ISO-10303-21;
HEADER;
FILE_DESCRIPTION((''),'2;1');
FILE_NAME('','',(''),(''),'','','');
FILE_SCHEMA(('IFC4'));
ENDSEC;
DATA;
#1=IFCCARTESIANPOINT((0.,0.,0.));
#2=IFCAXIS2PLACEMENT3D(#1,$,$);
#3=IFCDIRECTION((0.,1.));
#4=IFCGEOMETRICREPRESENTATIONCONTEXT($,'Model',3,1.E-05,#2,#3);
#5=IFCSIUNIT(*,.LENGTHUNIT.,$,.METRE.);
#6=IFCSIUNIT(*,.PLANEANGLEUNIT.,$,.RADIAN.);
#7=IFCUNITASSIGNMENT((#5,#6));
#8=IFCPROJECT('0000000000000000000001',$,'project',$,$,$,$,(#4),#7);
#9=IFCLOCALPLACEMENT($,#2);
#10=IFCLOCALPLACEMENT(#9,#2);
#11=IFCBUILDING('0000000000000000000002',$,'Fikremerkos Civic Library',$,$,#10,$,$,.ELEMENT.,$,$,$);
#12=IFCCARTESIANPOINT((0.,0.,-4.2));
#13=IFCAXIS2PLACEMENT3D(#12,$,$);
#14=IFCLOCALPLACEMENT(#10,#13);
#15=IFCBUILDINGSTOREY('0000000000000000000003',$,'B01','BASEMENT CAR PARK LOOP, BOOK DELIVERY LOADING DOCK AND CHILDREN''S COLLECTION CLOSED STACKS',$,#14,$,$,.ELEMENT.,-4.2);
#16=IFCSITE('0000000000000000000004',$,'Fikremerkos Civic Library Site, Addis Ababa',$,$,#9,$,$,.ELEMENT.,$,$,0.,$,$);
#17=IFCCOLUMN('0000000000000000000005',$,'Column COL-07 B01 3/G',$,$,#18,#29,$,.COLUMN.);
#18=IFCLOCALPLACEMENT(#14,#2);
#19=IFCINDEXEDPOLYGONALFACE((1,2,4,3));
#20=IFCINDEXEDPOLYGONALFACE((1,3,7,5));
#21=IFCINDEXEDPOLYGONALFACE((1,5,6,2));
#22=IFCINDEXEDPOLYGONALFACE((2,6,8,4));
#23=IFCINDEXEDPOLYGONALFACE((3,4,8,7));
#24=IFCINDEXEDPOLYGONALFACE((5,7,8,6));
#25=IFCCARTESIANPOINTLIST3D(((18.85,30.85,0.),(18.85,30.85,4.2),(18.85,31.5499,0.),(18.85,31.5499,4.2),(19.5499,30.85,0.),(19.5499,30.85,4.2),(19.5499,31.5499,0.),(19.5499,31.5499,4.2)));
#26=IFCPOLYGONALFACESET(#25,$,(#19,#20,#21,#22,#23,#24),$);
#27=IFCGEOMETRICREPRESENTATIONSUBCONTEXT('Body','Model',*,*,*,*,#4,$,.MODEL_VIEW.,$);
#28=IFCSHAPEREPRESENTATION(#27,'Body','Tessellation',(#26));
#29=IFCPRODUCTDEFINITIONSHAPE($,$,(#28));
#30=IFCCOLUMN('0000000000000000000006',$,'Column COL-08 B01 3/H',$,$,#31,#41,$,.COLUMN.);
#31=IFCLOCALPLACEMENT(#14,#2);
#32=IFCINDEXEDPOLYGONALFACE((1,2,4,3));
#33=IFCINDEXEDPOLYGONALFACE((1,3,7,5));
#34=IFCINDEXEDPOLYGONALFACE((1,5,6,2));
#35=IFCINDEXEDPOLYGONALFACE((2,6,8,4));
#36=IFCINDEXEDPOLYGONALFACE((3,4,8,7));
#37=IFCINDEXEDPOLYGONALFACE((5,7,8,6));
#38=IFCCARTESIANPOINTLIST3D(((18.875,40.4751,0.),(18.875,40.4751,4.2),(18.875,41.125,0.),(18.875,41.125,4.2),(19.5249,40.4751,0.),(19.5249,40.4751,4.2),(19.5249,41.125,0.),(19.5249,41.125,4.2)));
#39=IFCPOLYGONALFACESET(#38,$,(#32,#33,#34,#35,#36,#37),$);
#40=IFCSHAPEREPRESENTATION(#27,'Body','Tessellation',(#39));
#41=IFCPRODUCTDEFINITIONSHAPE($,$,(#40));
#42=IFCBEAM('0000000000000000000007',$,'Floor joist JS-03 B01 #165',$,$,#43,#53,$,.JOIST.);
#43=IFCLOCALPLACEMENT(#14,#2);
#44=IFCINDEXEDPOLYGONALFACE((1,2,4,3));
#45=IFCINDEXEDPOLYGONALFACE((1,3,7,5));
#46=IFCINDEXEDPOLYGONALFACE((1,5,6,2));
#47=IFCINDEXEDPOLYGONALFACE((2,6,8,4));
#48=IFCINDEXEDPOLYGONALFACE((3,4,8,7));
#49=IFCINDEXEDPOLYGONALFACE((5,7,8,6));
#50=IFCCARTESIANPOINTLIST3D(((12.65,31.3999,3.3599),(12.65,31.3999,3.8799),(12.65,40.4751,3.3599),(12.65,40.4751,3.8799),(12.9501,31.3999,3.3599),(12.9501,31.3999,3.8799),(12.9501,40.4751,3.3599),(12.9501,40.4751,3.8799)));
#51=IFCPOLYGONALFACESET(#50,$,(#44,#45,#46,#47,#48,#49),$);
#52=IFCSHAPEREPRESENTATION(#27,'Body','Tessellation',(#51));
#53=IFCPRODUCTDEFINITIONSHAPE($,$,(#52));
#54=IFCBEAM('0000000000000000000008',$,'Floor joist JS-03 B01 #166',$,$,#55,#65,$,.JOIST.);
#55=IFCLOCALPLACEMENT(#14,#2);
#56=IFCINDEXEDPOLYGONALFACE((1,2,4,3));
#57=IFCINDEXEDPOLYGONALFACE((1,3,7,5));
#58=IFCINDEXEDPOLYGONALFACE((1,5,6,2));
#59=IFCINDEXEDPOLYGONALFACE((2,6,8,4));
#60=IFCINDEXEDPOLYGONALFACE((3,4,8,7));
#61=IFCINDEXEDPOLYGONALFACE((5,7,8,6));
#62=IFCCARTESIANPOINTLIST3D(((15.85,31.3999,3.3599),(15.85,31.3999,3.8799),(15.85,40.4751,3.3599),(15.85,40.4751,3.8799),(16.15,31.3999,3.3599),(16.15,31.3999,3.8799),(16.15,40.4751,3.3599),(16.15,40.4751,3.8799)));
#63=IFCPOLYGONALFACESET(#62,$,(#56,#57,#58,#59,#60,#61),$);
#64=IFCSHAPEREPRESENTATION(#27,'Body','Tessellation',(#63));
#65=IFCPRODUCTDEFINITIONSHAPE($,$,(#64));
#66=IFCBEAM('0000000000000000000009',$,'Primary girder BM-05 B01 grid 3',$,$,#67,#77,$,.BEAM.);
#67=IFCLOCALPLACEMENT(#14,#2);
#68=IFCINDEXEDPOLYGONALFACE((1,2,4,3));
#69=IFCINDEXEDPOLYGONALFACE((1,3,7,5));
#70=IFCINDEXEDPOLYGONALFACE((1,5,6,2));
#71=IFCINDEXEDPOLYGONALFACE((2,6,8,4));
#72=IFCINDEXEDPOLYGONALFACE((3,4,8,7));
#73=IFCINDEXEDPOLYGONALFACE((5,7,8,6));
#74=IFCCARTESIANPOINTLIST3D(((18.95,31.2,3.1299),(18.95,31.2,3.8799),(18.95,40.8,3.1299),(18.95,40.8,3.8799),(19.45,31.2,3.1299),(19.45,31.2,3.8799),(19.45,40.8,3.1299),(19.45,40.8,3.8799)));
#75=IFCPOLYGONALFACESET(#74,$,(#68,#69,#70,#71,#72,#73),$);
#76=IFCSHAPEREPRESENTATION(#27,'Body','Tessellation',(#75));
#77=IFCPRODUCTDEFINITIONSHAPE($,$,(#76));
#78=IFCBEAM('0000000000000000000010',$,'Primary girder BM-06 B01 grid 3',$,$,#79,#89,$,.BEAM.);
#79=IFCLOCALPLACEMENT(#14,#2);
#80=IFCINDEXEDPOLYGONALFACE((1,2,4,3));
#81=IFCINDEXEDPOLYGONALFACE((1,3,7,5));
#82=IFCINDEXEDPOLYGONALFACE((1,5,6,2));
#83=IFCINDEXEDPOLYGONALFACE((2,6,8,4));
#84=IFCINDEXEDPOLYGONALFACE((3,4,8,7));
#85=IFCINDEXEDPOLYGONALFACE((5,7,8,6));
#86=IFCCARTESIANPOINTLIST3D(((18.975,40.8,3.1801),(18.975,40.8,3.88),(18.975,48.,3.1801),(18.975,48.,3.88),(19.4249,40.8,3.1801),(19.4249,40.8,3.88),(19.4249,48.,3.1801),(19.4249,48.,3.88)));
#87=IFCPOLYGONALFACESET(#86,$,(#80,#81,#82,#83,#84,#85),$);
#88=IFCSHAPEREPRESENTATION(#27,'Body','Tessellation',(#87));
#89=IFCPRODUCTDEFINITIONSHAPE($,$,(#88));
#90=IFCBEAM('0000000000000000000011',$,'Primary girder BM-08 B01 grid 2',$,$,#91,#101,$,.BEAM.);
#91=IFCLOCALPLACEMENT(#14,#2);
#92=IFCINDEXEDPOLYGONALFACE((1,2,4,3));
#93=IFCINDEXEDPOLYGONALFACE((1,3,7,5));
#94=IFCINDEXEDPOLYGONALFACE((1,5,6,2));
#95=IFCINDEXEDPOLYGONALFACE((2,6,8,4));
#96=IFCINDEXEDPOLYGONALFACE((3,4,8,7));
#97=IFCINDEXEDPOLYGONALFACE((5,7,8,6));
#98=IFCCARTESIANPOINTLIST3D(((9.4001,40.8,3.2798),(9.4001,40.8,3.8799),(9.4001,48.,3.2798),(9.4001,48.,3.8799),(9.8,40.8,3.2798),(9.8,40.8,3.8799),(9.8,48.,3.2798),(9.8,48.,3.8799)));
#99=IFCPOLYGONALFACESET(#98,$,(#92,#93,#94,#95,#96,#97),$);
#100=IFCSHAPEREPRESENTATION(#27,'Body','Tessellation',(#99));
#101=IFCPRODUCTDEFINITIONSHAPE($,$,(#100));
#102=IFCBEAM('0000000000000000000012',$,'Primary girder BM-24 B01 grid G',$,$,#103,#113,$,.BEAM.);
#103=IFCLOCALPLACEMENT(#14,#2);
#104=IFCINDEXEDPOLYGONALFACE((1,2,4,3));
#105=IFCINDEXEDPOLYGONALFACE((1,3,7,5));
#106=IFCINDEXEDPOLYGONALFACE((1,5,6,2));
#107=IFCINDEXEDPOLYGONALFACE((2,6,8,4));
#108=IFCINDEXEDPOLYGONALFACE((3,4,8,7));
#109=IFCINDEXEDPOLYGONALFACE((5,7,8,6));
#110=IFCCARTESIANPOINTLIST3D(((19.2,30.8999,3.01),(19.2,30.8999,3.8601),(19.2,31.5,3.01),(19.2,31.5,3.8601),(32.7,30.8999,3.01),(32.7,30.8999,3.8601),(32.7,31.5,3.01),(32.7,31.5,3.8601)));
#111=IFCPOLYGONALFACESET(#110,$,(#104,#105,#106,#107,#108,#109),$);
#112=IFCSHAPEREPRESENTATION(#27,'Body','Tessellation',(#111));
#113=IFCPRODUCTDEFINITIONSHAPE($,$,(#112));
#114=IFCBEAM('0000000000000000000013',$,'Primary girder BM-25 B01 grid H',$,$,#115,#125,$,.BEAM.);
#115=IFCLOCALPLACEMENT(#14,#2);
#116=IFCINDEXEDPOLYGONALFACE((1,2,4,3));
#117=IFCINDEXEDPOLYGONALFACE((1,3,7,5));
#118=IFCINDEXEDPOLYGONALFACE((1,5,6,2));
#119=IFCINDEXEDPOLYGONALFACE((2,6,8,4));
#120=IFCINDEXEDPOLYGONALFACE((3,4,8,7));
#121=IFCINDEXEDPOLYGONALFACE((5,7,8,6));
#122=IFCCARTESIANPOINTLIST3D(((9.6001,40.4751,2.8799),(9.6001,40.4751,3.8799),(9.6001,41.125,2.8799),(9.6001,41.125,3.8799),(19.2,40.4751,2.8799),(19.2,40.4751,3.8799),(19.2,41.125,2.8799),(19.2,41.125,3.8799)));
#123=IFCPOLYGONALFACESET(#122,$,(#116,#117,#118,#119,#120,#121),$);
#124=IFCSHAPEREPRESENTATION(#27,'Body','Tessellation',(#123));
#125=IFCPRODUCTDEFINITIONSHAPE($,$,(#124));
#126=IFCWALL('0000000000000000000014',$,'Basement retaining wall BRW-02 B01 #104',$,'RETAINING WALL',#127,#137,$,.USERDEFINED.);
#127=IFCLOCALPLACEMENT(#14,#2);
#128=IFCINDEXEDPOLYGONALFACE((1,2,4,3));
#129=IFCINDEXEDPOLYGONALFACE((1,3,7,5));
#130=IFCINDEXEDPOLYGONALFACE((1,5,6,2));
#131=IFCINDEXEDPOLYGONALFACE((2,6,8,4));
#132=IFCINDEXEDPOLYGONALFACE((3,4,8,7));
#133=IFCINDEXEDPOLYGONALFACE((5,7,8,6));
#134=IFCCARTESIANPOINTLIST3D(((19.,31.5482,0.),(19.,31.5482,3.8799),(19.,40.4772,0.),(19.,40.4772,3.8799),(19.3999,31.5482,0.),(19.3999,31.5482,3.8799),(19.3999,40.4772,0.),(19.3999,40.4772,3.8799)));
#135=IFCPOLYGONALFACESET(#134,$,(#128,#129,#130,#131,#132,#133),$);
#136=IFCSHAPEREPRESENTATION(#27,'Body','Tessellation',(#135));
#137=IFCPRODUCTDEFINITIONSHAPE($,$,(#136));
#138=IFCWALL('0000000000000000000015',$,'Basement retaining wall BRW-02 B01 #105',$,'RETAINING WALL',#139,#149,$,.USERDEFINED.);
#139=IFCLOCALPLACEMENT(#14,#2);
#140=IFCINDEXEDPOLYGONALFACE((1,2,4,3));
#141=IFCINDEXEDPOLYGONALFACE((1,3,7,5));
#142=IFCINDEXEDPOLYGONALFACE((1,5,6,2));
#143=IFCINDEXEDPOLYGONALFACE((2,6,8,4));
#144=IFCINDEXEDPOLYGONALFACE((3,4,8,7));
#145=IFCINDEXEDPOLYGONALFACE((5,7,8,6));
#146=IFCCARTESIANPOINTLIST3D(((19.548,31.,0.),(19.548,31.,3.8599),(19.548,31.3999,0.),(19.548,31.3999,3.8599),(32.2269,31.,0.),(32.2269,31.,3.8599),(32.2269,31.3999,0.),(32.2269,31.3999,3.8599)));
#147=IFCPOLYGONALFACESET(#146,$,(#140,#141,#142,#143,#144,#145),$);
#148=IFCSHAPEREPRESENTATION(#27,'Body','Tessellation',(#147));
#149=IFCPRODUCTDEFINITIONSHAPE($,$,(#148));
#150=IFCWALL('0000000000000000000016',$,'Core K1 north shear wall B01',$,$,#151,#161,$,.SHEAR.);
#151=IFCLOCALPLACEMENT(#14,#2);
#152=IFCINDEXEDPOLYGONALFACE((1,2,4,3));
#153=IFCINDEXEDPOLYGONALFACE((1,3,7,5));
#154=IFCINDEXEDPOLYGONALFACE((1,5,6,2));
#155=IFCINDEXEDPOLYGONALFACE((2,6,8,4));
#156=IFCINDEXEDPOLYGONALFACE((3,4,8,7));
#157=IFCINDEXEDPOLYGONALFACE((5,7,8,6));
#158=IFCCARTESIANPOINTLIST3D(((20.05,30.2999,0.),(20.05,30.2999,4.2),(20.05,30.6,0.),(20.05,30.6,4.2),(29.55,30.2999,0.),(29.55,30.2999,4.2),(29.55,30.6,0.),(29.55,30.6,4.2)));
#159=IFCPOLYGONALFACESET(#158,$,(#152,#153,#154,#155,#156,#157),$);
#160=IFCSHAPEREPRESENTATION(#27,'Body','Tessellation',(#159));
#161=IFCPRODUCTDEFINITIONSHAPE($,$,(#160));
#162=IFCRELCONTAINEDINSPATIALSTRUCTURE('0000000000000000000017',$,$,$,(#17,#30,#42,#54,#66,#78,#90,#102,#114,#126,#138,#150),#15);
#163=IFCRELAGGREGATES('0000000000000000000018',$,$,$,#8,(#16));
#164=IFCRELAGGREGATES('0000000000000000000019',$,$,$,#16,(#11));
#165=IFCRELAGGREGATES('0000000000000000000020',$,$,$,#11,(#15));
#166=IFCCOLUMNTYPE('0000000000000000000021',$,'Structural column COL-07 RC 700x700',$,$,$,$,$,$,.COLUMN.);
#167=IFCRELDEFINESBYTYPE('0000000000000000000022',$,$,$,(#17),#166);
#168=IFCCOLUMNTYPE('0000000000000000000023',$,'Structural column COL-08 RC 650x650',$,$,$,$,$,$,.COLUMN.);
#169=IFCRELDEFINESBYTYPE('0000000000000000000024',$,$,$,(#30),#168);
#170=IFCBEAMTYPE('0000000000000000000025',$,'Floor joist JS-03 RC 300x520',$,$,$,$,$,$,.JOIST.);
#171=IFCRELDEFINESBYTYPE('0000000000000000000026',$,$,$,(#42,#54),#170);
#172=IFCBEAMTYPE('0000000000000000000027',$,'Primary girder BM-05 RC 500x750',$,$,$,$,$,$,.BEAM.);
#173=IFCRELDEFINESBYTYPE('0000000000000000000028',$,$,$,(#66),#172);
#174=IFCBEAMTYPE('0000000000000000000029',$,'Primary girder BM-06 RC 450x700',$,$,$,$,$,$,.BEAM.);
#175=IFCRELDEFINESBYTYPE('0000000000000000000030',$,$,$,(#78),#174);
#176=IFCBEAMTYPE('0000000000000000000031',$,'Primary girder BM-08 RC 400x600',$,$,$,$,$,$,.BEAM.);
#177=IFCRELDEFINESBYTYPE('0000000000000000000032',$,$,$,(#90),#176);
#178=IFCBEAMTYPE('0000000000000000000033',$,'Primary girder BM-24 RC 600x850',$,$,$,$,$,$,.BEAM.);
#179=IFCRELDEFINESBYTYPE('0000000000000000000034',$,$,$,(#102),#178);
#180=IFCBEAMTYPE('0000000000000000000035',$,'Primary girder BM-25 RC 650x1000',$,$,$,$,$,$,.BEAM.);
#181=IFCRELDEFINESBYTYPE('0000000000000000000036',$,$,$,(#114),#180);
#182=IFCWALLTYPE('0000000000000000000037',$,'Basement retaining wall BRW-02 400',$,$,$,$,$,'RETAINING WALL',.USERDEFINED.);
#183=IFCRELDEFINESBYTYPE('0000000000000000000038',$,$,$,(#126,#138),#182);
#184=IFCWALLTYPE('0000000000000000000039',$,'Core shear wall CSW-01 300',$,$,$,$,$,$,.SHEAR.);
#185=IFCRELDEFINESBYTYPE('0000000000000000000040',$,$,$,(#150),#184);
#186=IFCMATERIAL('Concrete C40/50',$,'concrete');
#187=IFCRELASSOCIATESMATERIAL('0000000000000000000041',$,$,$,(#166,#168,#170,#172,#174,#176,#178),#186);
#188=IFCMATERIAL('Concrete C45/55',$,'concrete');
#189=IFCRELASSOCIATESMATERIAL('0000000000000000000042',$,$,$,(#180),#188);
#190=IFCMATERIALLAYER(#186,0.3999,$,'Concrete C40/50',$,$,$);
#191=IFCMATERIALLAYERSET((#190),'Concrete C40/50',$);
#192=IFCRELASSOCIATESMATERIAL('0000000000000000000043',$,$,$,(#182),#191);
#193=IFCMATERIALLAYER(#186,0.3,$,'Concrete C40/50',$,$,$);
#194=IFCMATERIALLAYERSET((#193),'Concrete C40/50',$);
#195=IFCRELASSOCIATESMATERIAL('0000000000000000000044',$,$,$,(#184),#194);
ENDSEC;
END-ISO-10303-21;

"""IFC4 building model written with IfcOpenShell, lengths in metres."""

from ifc_helpers import new_model, si_unit, direction, frame, frame_2d, origin, origin_2d, place, context, subcontext, project, spatial, rectangle, extrude, material, layer, layer_set, material_profile, profile_set, type_object, element, save


model = new_model("IFC4")

# Units and contexts
model_context = context("Model", 3, precision=1e-05, world=origin(), true_north=direction((0.0, 1.0)))
body_context = subcontext(model_context, "Body", "Model", "MODEL_VIEW")
ifc_project = project(units=[si_unit("LENGTHUNIT", "METRE"), si_unit("PLANEANGLEUNIT", "RADIAN")], contexts=[model_context])

# Site, building, storey
site_placement = place(None, origin())
site = spatial("IfcSite", under=ifc_project, at=site_placement, Name="Fikremerkos Civic Library Site, Addis Ababa", CompositionType="ELEMENT", RefElevation=0.0)
building_placement = place(site_placement, origin())
building = spatial("IfcBuilding", under=site, at=building_placement, Name="Fikremerkos Civic Library", CompositionType="ELEMENT")
storey_placement = place(building_placement, frame((0.0, 0.0, -4.2)))
storey = spatial("IfcBuildingStorey", under=building, at=storey_placement, Name="B01", Description="BASEMENT CAR PARK LOOP, BOOK DELIVERY LOADING DOCK AND CHILDREN'S COLLECTION CLOSED STACKS", CompositionType="ELEMENT", Elevation=-4.2)

# Columns
ifc_material_1 = material(Name="Concrete C40/50", Category="concrete")
ifc_material_profile_1 = material_profile(ifc_material_1, rectangle(XDim=0.7, YDim=0.7, at=origin_2d()), Name="RC 700x700")
ifc_profile_set_1 = profile_set([ifc_material_profile_1], Name="Concrete C40/50")
column_type_1 = type_object("IfcColumnType", Name="Structural column COL-07 RC 700x700", PredefinedType="COLUMN", material=ifc_profile_set_1)
column_1_placement = place(storey_placement, frame((19.2, 31.2, 0.0), z_axis=(0.0, 0.0, 1.0), x_axis=(1.0, 0.0, 0.0)))
element("IfcColumn", 1, at=column_1_placement, inside=storey, type_object=column_type_1, Name="Column COL-07 B01 3/G", PredefinedType="COLUMN", context=body_context, shape_type="SweptSolid", body=[
    extrude(rectangle(XDim=0.7, YDim=0.7, at=origin_2d()), origin(), (0.0, 0.0, 1.0), 4.2),
])
ifc_material_profile_2 = material_profile(ifc_material_1, rectangle(XDim=0.6499, YDim=0.6499, at=origin_2d()), Name="RC 650x650")
ifc_profile_set_2 = profile_set([ifc_material_profile_2], Name="Concrete C40/50")
column_type_2 = type_object("IfcColumnType", Name="Structural column COL-08 RC 650x650", PredefinedType="COLUMN", material=ifc_profile_set_2)
column_2_placement = place(storey_placement, frame((19.2, 40.8, 0.0), z_axis=(0.0, 0.0, 1.0), x_axis=(1.0, 0.0, 0.0)))
element("IfcColumn", 2, at=column_2_placement, inside=storey, type_object=column_type_2, Name="Column COL-08 B01 3/H", PredefinedType="COLUMN", context=body_context, shape_type="SweptSolid", body=[
    extrude(rectangle(XDim=0.6499, YDim=0.6499, at=origin_2d()), origin(), (0.0, 0.0, 1.0), 4.2),
])

# Beams
ifc_material_profile_3 = material_profile(ifc_material_1, rectangle(XDim=0.3, YDim=0.52, at=origin_2d()), Name="RC 300x520")
ifc_profile_set_3 = profile_set([ifc_material_profile_3], Name="Concrete C40/50")
beam_type_1 = type_object("IfcBeamType", Name="Floor joist JS-03 RC 300x520", PredefinedType="JOIST", material=ifc_profile_set_3)
for number, where, z_axis, x_axis, name in (
    (3, (12.8, 31.3999, 3.6199), (0.0, 1.0, 0.0), (-1.0, 0.0, 0.0), "Floor joist JS-03 B01 #165"),
    (4, (16.0, 31.3999, 3.6199), (0.0, 1.0, 0.0), (-1.0, 0.0, 0.0), "Floor joist JS-03 B01 #166"),
):
    element("IfcBeam", number, at=place(storey_placement, frame(where, z_axis=z_axis, x_axis=x_axis)), inside=storey, type_object=beam_type_1, Name=name, PredefinedType="JOIST", context=body_context, shape_type="SweptSolid", body=[
        extrude(rectangle(XDim=0.3, YDim=0.52, at=origin_2d()), origin(), (0.0, 0.0, 1.0), 9.0752),
    ])
ifc_material_profile_4 = material_profile(ifc_material_1, rectangle(XDim=0.5, YDim=0.75, at=origin_2d()), Name="RC 500x750")
ifc_profile_set_4 = profile_set([ifc_material_profile_4], Name="Concrete C40/50")
beam_type_2 = type_object("IfcBeamType", Name="Primary girder BM-05 RC 500x750", PredefinedType="BEAM", material=ifc_profile_set_4)
beam_1_placement = place(storey_placement, frame((19.2, 31.2, 3.5049), z_axis=(0.0, 1.0, 0.0), x_axis=(-1.0, 0.0, 0.0)))
element("IfcBeam", 5, at=beam_1_placement, inside=storey, type_object=beam_type_2, Name="Primary girder BM-05 B01 grid 3", PredefinedType="BEAM", context=body_context, shape_type="SweptSolid", body=[
    extrude(rectangle(XDim=0.5, YDim=0.75, at=origin_2d()), origin(), (0.0, 0.0, 1.0), 9.6001),
])
ifc_material_profile_5 = material_profile(ifc_material_1, rectangle(XDim=0.45, YDim=0.7, at=origin_2d()), Name="RC 450x700")
ifc_profile_set_5 = profile_set([ifc_material_profile_5], Name="Concrete C40/50")
beam_type_3 = type_object("IfcBeamType", Name="Primary girder BM-06 RC 450x700", PredefinedType="BEAM", material=ifc_profile_set_5)
beam_2_placement = place(storey_placement, frame((19.2, 40.8, 3.53), z_axis=(0.0, 1.0, 0.0), x_axis=(-1.0, 0.0, 0.0)))
element("IfcBeam", 6, at=beam_2_placement, inside=storey, type_object=beam_type_3, Name="Primary girder BM-06 B01 grid 3", PredefinedType="BEAM", context=body_context, shape_type="SweptSolid", body=[
    extrude(rectangle(XDim=0.45, YDim=0.7, at=origin_2d()), origin(), (0.0, 0.0, 1.0), 7.2),
])
ifc_material_profile_6 = material_profile(ifc_material_1, rectangle(XDim=0.3999, YDim=0.6001, at=origin_2d()), Name="RC 400x600")
ifc_profile_set_6 = profile_set([ifc_material_profile_6], Name="Concrete C40/50")
beam_type_4 = type_object("IfcBeamType", Name="Primary girder BM-08 RC 400x600", PredefinedType="BEAM", material=ifc_profile_set_6)
beam_3_placement = place(storey_placement, frame((9.6001, 40.8, 3.5798), z_axis=(0.0, 1.0, 0.0), x_axis=(-1.0, 0.0, 0.0)))
element("IfcBeam", 7, at=beam_3_placement, inside=storey, type_object=beam_type_4, Name="Primary girder BM-08 B01 grid 2", PredefinedType="BEAM", context=body_context, shape_type="SweptSolid", body=[
    extrude(rectangle(XDim=0.3999, YDim=0.6001, at=origin_2d()), origin(), (0.0, 0.0, 1.0), 7.2),
])
ifc_material_profile_7 = material_profile(ifc_material_1, rectangle(XDim=0.6001, YDim=0.8501, at=origin_2d()), Name="RC 600x850")
ifc_profile_set_7 = profile_set([ifc_material_profile_7], Name="Concrete C40/50")
beam_type_5 = type_object("IfcBeamType", Name="Primary girder BM-24 RC 600x850", PredefinedType="BEAM", material=ifc_profile_set_7)
beam_4_placement = place(storey_placement, frame((19.2, 31.2, 3.4351), z_axis=(1.0, 0.0, 0.0), x_axis=(0.0, 1.0, 0.0)))
element("IfcBeam", 8, at=beam_4_placement, inside=storey, type_object=beam_type_5, Name="Primary girder BM-24 B01 grid G", PredefinedType="BEAM", context=body_context, shape_type="SweptSolid", body=[
    extrude(rectangle(XDim=0.6001, YDim=0.8501, at=origin_2d()), origin(), (0.0, 0.0, 1.0), 13.5),
])
ifc_material_2 = material(Name="Concrete C45/55", Category="concrete")
ifc_material_profile_8 = material_profile(ifc_material_2, rectangle(XDim=0.6499, YDim=1.0, at=origin_2d()), Name="RC 650x1000")
ifc_profile_set_8 = profile_set([ifc_material_profile_8], Name="Concrete C45/55")
beam_type_6 = type_object("IfcBeamType", Name="Primary girder BM-25 RC 650x1000", PredefinedType="BEAM", material=ifc_profile_set_8)
beam_5_placement = place(storey_placement, frame((9.6001, 40.8, 3.3799), z_axis=(1.0, 0.0, 0.0), x_axis=(0.0, 1.0, 0.0)))
element("IfcBeam", 9, at=beam_5_placement, inside=storey, type_object=beam_type_6, Name="Primary girder BM-25 B01 grid H", PredefinedType="BEAM", context=body_context, shape_type="SweptSolid", body=[
    extrude(rectangle(XDim=0.6499, YDim=1.0, at=origin_2d()), origin(), (0.0, 0.0, 1.0), 9.5999),
])

# Walls
ifc_layer_1 = layer(ifc_material_1, 0.3999, Name="Concrete C40/50")
ifc_layer_set_1 = layer_set([ifc_layer_1], Name="Concrete C40/50")
wall_type_1 = type_object("IfcWallType", Name="Basement retaining wall BRW-02 400", ElementType="RETAINING WALL", PredefinedType="USERDEFINED", material=ifc_layer_set_1)
wall_1_placement = place(storey_placement, frame((19.2, 40.4771, 0.0), z_axis=(0.0, 0.0, 1.0), x_axis=(0.0, -1.0, 0.0)))
element("IfcWall", 10, at=wall_1_placement, inside=storey, type_object=wall_type_1, Name="Basement retaining wall BRW-02 B01 #104", ObjectType="RETAINING WALL", PredefinedType="USERDEFINED", context=body_context, shape_type="SweptSolid", body=[
    extrude(rectangle(XDim=8.929, YDim=0.3999, at=frame_2d((4.4644, 0.0))), origin(), (0.0, 0.0, 1.0), 3.8799),
])
wall_2_placement = place(storey_placement, frame((19.5481, 31.2, 0.0), z_axis=(0.0, 0.0, 1.0), x_axis=(1.0, 0.0, 0.0)))
element("IfcWall", 11, at=wall_2_placement, inside=storey, type_object=wall_type_1, Name="Basement retaining wall BRW-02 B01 #105", ObjectType="RETAINING WALL", PredefinedType="USERDEFINED", context=body_context, shape_type="SweptSolid", body=[
    extrude(rectangle(XDim=12.679, YDim=0.3999, at=frame_2d((6.3394, 0.0))), origin(), (0.0, 0.0, 1.0), 3.8599),
])
ifc_layer_2 = layer(ifc_material_1, 0.3, Name="Concrete C40/50")
ifc_layer_set_2 = layer_set([ifc_layer_2], Name="Concrete C40/50")
wall_type_2 = type_object("IfcWallType", Name="Core shear wall CSW-01 300", PredefinedType="SHEAR", material=ifc_layer_set_2)
wall_3_placement = place(storey_placement, frame((20.05, 30.45, 0.0), z_axis=(0.0, 0.0, 1.0), x_axis=(1.0, 0.0, 0.0)))
element("IfcWall", 12, at=wall_3_placement, inside=storey, type_object=wall_type_2, Name="Core K1 north shear wall B01", PredefinedType="SHEAR", context=body_context, shape_type="SweptSolid", body=[
    extrude(rectangle(XDim=9.5, YDim=0.3, at=frame_2d((4.75, 0.0))), origin(), (0.0, 0.0, 1.0), 4.2),
])

save(model, "model.ifc")
